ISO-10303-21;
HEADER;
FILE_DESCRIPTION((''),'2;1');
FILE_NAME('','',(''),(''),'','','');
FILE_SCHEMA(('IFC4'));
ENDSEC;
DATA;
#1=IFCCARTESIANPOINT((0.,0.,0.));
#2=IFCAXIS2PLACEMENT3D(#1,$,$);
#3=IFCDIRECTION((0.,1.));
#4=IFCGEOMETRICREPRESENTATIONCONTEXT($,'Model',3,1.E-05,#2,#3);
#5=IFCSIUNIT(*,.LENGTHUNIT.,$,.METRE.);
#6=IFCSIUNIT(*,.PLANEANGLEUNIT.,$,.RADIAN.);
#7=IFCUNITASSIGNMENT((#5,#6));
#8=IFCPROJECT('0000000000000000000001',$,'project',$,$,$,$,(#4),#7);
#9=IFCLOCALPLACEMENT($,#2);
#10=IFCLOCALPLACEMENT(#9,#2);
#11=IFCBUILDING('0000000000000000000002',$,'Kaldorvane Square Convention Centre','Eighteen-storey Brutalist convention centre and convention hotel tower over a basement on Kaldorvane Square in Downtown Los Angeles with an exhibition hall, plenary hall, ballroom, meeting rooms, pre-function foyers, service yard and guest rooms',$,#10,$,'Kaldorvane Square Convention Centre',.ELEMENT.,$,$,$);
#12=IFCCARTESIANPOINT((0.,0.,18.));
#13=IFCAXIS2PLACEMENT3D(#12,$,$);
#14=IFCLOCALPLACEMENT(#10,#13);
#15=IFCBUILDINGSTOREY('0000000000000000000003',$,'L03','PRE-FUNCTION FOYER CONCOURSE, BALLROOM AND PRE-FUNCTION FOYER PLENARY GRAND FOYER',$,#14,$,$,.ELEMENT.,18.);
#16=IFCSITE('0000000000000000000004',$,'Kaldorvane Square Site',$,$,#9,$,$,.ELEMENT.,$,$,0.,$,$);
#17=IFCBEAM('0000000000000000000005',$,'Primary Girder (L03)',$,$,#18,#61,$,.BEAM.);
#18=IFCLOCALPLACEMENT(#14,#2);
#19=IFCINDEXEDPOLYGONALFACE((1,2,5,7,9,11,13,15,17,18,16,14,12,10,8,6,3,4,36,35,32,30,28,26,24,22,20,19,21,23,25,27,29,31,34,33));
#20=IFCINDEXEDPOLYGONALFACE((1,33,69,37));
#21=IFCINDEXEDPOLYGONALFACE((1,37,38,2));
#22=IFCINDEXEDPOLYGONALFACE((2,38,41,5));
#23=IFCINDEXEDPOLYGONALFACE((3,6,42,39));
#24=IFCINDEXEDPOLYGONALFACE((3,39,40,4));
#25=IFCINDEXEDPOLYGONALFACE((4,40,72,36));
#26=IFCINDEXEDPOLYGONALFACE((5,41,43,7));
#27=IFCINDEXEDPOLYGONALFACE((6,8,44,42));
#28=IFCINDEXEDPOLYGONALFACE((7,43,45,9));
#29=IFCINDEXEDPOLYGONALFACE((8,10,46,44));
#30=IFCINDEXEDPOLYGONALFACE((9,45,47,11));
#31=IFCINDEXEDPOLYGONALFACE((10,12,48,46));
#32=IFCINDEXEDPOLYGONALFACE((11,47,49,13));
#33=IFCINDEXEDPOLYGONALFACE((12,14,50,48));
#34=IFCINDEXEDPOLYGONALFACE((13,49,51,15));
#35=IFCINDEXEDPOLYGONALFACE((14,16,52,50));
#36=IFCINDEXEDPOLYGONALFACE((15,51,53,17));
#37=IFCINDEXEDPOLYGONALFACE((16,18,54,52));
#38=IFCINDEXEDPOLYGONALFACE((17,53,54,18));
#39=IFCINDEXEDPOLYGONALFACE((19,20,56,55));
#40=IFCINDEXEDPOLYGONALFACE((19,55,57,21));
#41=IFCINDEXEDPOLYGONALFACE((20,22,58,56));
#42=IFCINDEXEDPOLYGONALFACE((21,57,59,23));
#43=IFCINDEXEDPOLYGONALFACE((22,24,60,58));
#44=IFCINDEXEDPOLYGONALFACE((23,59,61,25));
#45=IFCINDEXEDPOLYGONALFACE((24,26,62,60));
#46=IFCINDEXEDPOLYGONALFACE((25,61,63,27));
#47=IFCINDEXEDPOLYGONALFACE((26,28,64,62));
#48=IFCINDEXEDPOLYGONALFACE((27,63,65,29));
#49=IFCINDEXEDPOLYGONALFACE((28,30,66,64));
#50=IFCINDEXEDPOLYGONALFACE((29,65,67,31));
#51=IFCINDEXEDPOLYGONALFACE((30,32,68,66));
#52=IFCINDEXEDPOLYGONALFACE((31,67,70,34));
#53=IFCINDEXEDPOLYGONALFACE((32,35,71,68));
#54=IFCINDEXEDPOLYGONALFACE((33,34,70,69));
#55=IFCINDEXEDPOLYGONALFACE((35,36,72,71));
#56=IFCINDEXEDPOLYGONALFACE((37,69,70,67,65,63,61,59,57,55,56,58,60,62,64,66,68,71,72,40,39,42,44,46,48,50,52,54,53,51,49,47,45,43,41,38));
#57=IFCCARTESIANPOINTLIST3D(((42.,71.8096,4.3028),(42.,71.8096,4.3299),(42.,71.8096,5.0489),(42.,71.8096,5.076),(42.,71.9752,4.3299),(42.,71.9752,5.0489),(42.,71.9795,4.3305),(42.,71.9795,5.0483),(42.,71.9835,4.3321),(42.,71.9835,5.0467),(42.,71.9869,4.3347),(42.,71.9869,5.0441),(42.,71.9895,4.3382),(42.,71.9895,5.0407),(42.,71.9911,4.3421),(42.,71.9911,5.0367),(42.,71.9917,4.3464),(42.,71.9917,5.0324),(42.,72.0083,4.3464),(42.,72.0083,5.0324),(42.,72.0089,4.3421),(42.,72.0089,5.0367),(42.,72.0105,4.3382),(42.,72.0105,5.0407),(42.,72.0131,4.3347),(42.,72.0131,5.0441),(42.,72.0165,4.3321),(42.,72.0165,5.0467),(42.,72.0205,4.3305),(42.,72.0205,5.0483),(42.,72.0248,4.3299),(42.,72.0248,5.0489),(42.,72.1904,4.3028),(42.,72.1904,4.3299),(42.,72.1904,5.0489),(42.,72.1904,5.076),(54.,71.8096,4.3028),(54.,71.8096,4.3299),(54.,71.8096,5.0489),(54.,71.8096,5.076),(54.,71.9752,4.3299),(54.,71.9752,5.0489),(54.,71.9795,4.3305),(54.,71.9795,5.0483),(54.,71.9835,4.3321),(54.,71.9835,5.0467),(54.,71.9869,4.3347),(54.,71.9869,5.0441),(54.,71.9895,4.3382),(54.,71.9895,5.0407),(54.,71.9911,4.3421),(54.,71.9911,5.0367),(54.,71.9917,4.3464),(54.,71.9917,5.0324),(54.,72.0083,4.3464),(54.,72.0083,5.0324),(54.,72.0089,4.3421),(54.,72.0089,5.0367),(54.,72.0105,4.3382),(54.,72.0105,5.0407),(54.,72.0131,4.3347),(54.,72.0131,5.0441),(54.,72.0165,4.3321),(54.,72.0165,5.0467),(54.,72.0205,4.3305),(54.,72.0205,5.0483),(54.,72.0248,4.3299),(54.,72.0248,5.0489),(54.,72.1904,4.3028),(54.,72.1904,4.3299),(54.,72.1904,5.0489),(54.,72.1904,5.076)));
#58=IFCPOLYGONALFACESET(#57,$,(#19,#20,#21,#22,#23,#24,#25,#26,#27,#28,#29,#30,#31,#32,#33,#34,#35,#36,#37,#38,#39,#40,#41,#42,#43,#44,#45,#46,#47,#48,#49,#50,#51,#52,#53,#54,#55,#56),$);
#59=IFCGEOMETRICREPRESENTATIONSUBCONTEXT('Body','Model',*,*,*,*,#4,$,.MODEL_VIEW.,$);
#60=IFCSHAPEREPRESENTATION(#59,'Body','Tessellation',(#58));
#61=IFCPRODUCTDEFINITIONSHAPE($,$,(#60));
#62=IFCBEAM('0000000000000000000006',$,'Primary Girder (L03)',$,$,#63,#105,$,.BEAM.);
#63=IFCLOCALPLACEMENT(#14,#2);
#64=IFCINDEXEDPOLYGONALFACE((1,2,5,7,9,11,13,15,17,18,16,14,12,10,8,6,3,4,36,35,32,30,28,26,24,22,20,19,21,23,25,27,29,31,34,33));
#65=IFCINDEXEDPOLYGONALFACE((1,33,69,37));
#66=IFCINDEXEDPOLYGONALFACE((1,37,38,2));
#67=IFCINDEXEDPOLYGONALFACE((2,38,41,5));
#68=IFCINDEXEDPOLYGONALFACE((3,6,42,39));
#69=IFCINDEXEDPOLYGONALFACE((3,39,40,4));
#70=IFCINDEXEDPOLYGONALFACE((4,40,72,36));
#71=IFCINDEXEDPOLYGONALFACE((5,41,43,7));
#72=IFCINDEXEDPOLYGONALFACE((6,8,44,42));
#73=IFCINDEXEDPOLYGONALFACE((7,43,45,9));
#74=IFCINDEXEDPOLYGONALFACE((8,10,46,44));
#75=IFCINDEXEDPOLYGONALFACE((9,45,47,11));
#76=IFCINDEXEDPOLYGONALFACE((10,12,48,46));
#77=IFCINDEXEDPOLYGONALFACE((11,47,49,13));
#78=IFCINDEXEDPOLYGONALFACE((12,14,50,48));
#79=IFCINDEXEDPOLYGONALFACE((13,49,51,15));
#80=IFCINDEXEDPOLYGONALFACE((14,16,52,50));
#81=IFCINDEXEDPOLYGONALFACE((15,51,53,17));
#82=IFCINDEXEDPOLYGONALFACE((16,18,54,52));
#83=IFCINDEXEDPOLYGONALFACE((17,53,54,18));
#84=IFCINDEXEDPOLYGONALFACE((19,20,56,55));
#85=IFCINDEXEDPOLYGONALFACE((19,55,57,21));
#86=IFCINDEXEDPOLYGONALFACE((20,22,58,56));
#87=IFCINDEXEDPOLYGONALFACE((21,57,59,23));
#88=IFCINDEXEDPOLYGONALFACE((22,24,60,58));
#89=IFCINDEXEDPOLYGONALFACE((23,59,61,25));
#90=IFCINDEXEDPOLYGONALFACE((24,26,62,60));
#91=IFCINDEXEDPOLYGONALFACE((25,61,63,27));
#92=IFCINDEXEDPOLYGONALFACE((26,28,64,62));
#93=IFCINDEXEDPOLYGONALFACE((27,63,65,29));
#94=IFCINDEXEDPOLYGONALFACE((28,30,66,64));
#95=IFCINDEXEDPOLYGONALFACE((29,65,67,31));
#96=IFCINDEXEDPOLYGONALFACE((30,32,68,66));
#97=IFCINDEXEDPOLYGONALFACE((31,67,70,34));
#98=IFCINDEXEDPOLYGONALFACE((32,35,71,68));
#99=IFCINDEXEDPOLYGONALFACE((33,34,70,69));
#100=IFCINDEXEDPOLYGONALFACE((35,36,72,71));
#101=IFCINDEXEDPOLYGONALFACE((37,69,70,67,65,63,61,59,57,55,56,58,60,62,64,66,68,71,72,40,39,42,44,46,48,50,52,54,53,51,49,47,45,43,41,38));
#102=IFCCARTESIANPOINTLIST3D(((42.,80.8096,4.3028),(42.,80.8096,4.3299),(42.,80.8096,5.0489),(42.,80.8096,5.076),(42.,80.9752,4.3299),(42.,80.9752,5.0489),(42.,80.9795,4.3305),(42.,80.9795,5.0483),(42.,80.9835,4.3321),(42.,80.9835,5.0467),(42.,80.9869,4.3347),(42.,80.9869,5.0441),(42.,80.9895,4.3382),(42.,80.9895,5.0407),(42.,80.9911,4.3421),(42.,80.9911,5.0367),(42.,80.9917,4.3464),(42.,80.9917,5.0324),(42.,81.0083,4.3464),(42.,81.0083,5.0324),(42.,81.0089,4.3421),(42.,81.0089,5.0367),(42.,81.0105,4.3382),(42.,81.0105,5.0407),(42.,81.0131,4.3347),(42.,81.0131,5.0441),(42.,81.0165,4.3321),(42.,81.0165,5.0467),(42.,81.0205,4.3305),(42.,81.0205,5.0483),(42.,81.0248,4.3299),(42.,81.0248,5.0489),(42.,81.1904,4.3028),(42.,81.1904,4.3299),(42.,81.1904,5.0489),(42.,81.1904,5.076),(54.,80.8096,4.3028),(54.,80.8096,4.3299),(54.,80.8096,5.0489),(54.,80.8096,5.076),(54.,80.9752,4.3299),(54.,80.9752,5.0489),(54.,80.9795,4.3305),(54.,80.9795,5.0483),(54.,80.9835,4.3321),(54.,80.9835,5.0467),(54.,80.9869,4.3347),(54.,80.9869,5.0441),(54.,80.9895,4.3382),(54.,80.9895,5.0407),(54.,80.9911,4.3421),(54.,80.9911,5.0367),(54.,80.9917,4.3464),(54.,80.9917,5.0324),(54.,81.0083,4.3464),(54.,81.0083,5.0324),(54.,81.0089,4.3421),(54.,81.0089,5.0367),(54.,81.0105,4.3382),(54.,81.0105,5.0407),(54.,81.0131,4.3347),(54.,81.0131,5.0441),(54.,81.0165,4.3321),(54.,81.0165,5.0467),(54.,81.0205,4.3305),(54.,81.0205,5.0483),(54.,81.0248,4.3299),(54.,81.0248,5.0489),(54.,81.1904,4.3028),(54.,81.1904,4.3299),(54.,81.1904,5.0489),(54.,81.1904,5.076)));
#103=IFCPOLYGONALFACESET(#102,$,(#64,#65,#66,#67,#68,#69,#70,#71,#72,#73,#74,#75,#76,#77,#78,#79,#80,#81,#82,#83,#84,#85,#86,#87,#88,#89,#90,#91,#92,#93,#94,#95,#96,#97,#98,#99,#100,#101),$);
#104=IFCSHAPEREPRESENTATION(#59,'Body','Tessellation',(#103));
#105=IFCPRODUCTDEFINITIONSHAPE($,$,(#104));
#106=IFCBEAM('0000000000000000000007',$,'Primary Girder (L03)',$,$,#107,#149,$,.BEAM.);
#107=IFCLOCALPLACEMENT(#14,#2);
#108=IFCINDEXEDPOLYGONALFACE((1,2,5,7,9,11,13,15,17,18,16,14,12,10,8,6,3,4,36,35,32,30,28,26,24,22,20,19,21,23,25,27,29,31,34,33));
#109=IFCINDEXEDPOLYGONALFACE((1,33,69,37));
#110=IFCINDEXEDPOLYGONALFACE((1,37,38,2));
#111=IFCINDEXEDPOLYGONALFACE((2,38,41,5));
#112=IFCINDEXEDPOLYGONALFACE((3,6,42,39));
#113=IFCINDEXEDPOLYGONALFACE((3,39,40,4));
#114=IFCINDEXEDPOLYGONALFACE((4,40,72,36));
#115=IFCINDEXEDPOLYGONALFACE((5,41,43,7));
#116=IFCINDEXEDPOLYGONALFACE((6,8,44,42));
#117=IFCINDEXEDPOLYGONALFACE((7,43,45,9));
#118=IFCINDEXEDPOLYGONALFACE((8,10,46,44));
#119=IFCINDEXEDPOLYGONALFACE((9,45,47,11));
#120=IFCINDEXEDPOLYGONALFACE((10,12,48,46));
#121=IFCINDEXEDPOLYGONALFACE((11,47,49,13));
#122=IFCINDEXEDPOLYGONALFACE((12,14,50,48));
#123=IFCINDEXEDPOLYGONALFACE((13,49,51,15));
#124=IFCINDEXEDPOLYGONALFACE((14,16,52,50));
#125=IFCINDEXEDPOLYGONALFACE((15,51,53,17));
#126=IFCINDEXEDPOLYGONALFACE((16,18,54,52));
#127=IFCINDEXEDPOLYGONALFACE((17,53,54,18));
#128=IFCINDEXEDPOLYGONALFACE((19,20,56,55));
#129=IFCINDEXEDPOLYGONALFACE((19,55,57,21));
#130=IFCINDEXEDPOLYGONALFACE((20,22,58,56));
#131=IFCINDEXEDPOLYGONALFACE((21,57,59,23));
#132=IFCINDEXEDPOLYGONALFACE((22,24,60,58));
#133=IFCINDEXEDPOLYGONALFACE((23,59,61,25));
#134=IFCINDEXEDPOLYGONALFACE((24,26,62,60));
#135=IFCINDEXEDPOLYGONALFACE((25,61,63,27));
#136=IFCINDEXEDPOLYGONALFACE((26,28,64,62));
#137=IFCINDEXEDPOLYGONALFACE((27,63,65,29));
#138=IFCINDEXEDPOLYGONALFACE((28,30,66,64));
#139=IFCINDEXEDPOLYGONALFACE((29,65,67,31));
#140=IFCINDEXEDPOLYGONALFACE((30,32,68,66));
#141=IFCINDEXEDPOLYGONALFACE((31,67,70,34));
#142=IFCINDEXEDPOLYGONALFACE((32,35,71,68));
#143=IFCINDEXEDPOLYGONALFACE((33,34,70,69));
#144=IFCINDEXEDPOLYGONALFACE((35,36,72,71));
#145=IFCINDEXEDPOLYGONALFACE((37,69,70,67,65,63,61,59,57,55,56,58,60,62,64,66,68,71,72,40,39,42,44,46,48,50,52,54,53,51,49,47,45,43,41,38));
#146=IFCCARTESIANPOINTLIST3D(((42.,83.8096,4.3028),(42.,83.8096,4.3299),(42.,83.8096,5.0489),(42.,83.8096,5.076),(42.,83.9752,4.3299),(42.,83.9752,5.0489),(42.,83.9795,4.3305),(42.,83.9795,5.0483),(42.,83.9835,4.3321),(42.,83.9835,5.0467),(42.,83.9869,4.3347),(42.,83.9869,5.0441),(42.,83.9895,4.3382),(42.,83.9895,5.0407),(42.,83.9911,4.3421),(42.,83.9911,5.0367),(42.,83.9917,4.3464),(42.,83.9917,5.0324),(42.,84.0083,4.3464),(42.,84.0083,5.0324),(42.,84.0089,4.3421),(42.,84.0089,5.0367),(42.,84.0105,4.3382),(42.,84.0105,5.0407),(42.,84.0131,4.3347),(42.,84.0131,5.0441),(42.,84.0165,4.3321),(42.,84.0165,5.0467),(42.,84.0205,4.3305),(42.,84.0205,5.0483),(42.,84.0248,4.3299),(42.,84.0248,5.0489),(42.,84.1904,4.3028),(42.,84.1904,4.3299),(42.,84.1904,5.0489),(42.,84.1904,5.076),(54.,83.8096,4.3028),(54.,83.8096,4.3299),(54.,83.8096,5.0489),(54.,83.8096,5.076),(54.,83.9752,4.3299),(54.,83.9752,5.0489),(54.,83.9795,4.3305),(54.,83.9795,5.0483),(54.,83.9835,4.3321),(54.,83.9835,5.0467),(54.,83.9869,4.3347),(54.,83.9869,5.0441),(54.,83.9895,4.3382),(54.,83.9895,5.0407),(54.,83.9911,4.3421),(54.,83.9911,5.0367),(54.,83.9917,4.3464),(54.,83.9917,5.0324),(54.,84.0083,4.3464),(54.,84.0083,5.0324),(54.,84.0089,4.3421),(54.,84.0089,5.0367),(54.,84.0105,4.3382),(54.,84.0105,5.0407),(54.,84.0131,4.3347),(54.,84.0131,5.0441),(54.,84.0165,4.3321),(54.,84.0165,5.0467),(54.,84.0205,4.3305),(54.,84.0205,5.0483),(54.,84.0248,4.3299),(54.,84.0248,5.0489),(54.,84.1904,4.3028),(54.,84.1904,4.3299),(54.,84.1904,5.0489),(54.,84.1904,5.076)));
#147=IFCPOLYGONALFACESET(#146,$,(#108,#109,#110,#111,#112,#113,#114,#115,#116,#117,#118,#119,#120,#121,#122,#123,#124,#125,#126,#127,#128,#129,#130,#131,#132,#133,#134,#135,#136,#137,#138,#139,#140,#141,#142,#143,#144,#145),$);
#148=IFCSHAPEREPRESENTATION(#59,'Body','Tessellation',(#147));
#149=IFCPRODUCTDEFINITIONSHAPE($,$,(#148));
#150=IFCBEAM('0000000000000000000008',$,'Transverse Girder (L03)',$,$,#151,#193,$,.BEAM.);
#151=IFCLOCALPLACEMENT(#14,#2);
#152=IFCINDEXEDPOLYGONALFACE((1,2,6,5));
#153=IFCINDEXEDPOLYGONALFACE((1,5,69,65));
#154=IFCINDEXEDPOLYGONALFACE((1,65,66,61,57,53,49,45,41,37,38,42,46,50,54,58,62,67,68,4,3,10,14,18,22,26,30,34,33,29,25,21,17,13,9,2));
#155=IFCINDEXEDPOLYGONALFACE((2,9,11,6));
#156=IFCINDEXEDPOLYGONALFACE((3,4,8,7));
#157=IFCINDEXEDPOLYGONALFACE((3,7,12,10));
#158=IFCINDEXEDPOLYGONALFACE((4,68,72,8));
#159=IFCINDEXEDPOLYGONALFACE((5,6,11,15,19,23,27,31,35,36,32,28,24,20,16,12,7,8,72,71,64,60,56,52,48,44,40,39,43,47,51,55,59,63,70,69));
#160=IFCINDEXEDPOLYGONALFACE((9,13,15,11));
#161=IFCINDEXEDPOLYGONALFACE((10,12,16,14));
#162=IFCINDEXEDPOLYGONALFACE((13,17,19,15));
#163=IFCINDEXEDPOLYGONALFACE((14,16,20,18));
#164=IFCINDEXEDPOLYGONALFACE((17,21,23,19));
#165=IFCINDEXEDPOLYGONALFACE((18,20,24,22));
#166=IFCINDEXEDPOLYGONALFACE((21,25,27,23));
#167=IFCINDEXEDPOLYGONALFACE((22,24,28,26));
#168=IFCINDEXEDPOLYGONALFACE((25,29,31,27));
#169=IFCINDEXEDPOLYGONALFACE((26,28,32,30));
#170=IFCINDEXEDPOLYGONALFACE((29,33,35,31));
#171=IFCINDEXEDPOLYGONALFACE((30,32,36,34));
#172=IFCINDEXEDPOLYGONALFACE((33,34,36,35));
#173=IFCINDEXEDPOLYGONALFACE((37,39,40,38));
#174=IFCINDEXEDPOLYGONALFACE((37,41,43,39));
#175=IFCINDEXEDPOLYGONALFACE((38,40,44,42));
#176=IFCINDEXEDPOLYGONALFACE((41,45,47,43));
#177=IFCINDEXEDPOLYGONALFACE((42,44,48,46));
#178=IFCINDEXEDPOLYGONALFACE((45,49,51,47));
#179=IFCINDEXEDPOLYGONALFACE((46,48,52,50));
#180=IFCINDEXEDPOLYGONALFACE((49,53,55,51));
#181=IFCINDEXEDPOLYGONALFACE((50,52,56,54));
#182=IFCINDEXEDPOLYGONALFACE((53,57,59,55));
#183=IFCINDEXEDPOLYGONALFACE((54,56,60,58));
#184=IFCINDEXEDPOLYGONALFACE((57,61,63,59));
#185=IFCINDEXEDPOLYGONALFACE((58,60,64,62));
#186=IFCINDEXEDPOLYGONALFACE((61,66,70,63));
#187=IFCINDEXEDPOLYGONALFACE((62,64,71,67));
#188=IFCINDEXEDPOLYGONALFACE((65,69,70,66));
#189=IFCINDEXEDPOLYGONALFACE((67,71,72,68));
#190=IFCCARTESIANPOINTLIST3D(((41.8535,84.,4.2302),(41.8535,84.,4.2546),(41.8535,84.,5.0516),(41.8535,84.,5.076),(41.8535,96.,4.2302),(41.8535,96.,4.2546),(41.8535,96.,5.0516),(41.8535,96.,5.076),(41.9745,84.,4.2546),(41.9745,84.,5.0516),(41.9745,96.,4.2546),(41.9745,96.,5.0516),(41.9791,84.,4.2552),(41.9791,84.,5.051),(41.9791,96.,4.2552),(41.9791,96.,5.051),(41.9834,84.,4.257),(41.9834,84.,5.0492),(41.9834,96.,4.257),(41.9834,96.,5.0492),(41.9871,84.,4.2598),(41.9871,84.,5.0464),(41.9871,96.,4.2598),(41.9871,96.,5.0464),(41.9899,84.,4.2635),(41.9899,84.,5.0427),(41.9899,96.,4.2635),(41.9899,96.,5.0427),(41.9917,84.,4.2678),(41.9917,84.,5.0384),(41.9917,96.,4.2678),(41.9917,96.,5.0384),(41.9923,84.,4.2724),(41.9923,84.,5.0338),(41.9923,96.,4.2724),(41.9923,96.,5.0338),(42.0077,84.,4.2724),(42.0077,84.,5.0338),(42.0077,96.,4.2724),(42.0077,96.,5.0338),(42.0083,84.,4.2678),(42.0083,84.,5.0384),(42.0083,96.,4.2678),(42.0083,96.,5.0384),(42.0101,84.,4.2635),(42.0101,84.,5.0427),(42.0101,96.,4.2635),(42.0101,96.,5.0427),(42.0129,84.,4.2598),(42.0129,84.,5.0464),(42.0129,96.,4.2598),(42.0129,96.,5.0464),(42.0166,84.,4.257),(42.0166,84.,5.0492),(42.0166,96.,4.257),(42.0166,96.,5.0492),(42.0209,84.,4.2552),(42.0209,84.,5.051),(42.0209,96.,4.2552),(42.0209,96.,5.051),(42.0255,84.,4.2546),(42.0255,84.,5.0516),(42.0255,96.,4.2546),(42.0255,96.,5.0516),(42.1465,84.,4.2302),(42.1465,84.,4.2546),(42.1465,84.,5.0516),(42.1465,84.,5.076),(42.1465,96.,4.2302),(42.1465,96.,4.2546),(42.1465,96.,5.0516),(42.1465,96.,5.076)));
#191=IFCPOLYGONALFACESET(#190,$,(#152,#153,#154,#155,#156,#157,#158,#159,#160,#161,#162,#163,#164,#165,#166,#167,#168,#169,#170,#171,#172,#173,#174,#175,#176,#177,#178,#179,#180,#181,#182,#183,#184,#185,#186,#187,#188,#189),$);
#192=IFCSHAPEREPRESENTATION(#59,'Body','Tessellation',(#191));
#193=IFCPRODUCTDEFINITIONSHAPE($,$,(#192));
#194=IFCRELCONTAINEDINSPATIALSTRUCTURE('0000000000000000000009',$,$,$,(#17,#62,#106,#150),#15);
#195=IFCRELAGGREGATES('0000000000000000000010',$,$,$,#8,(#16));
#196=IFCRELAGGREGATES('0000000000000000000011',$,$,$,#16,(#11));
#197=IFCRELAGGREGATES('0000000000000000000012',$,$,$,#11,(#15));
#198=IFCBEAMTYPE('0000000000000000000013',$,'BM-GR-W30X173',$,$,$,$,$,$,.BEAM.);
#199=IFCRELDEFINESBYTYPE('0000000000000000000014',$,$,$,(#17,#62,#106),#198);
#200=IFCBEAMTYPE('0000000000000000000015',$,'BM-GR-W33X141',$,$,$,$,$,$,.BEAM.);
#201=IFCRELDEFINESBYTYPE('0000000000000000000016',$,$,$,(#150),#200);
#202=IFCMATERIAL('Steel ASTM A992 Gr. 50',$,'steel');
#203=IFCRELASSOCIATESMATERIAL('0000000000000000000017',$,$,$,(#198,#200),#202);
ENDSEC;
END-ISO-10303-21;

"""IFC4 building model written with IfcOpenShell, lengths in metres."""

from ifc_helpers import new_model, si_unit, direction, frame, origin, origin_2d, place, context, subcontext, project, spatial, i_section, extrude, material, material_profile, profile_set, type_object, element, save


model = new_model("IFC4")

# Units and contexts
model_context = context("Model", 3, precision=1e-05, world=origin(), true_north=direction((0.0, 1.0)))
body_context = subcontext(model_context, "Body", "Model", "MODEL_VIEW")
ifc_project = project(units=[si_unit("LENGTHUNIT", "METRE"), si_unit("PLANEANGLEUNIT", "RADIAN")], contexts=[model_context])

# Site, building, storey
site_placement = place(None, origin())
site = spatial("IfcSite", under=ifc_project, at=site_placement, Name="Kaldorvane Square Site", CompositionType="ELEMENT", RefElevation=0.0)
building_placement = place(site_placement, origin())
building = spatial("IfcBuilding", under=site, at=building_placement, Name="Kaldorvane Square Convention Centre", Description="Eighteen-storey Brutalist convention centre and convention hotel tower over a basement on Kaldorvane Square in Downtown Los Angeles with an exhibition hall, plenary hall, ballroom, meeting rooms, pre-function foyers, service yard and guest rooms", LongName="Kaldorvane Square Convention Centre", CompositionType="ELEMENT")
storey_placement = place(building_placement, frame((0.0, 0.0, 18.0)))
storey = spatial("IfcBuildingStorey", under=building, at=storey_placement, Name="L03", Description="PRE-FUNCTION FOYER CONCOURSE, BALLROOM AND PRE-FUNCTION FOYER PLENARY GRAND FOYER", CompositionType="ELEMENT", Elevation=18.0)

# Shared definitions
ifc_material_1 = material(Name="Steel ASTM A992 Gr. 50", Category="steel")

# Beams
ifc_material_profile_1 = material_profile(ifc_material_1, i_section(OverallWidth=0.3807, OverallDepth=0.7732, WebThickness=0.0166, FlangeThickness=0.0271, FilletRadius=0.0165, at=origin_2d()), Name="W30X173")
ifc_profile_set_1 = profile_set([ifc_material_profile_1], Name="Steel ASTM A992 Gr. 50")
beam_type_1 = type_object("IfcBeamType", Name="BM-GR-W30X173", PredefinedType="BEAM", material=ifc_profile_set_1)
for number, where, z_axis, x_axis, name in (
    (1, (42.0, 72.0, 4.6894), (1.0, 0.0, 0.0), (0.0, 1.0, 0.0), "Primary Girder (L03)"),
    (2, (42.0, 81.0, 4.6894), (1.0, 0.0, 0.0), (0.0, 1.0, 0.0), "Primary Girder (L03)"),
    (3, (42.0, 84.0, 4.6894), (1.0, 0.0, 0.0), (0.0, 1.0, 0.0), "Primary Girder (L03)"),
):
    element("IfcBeam", number, at=place(storey_placement, frame(where, z_axis=z_axis, x_axis=x_axis)), inside=storey, type_object=beam_type_1, Name=name, PredefinedType="BEAM", context=body_context, shape_type="SweptSolid", body=[
        extrude(i_section(OverallWidth=0.3807, OverallDepth=0.7732, WebThickness=0.0166, FlangeThickness=0.0271, FilletRadius=0.0165, at=origin_2d()), origin(), (0.0, 0.0, 1.0), 12.0),
    ])
ifc_material_profile_2 = material_profile(ifc_material_1, i_section(OverallWidth=0.293, OverallDepth=0.8458, WebThickness=0.0154, FlangeThickness=0.0244, FilletRadius=0.0178, at=origin_2d()), Name="W33X141")
ifc_profile_set_2 = profile_set([ifc_material_profile_2], Name="Steel ASTM A992 Gr. 50")
beam_type_2 = type_object("IfcBeamType", Name="BM-GR-W33X141", PredefinedType="BEAM", material=ifc_profile_set_2)
beam_1_placement = place(storey_placement, frame((42.0, 84.0, 4.6531), z_axis=(0.0, 1.0, 0.0), x_axis=(-1.0, 0.0, 0.0)))
element("IfcBeam", 4, at=beam_1_placement, inside=storey, type_object=beam_type_2, Name="Transverse Girder (L03)", PredefinedType="BEAM", context=body_context, shape_type="SweptSolid", body=[
    extrude(i_section(OverallWidth=0.293, OverallDepth=0.8458, WebThickness=0.0154, FlangeThickness=0.0244, FilletRadius=0.0178, at=origin_2d()), origin(), (0.0, 0.0, 1.0), 12.0),
])

save(model, "model.ifc")
